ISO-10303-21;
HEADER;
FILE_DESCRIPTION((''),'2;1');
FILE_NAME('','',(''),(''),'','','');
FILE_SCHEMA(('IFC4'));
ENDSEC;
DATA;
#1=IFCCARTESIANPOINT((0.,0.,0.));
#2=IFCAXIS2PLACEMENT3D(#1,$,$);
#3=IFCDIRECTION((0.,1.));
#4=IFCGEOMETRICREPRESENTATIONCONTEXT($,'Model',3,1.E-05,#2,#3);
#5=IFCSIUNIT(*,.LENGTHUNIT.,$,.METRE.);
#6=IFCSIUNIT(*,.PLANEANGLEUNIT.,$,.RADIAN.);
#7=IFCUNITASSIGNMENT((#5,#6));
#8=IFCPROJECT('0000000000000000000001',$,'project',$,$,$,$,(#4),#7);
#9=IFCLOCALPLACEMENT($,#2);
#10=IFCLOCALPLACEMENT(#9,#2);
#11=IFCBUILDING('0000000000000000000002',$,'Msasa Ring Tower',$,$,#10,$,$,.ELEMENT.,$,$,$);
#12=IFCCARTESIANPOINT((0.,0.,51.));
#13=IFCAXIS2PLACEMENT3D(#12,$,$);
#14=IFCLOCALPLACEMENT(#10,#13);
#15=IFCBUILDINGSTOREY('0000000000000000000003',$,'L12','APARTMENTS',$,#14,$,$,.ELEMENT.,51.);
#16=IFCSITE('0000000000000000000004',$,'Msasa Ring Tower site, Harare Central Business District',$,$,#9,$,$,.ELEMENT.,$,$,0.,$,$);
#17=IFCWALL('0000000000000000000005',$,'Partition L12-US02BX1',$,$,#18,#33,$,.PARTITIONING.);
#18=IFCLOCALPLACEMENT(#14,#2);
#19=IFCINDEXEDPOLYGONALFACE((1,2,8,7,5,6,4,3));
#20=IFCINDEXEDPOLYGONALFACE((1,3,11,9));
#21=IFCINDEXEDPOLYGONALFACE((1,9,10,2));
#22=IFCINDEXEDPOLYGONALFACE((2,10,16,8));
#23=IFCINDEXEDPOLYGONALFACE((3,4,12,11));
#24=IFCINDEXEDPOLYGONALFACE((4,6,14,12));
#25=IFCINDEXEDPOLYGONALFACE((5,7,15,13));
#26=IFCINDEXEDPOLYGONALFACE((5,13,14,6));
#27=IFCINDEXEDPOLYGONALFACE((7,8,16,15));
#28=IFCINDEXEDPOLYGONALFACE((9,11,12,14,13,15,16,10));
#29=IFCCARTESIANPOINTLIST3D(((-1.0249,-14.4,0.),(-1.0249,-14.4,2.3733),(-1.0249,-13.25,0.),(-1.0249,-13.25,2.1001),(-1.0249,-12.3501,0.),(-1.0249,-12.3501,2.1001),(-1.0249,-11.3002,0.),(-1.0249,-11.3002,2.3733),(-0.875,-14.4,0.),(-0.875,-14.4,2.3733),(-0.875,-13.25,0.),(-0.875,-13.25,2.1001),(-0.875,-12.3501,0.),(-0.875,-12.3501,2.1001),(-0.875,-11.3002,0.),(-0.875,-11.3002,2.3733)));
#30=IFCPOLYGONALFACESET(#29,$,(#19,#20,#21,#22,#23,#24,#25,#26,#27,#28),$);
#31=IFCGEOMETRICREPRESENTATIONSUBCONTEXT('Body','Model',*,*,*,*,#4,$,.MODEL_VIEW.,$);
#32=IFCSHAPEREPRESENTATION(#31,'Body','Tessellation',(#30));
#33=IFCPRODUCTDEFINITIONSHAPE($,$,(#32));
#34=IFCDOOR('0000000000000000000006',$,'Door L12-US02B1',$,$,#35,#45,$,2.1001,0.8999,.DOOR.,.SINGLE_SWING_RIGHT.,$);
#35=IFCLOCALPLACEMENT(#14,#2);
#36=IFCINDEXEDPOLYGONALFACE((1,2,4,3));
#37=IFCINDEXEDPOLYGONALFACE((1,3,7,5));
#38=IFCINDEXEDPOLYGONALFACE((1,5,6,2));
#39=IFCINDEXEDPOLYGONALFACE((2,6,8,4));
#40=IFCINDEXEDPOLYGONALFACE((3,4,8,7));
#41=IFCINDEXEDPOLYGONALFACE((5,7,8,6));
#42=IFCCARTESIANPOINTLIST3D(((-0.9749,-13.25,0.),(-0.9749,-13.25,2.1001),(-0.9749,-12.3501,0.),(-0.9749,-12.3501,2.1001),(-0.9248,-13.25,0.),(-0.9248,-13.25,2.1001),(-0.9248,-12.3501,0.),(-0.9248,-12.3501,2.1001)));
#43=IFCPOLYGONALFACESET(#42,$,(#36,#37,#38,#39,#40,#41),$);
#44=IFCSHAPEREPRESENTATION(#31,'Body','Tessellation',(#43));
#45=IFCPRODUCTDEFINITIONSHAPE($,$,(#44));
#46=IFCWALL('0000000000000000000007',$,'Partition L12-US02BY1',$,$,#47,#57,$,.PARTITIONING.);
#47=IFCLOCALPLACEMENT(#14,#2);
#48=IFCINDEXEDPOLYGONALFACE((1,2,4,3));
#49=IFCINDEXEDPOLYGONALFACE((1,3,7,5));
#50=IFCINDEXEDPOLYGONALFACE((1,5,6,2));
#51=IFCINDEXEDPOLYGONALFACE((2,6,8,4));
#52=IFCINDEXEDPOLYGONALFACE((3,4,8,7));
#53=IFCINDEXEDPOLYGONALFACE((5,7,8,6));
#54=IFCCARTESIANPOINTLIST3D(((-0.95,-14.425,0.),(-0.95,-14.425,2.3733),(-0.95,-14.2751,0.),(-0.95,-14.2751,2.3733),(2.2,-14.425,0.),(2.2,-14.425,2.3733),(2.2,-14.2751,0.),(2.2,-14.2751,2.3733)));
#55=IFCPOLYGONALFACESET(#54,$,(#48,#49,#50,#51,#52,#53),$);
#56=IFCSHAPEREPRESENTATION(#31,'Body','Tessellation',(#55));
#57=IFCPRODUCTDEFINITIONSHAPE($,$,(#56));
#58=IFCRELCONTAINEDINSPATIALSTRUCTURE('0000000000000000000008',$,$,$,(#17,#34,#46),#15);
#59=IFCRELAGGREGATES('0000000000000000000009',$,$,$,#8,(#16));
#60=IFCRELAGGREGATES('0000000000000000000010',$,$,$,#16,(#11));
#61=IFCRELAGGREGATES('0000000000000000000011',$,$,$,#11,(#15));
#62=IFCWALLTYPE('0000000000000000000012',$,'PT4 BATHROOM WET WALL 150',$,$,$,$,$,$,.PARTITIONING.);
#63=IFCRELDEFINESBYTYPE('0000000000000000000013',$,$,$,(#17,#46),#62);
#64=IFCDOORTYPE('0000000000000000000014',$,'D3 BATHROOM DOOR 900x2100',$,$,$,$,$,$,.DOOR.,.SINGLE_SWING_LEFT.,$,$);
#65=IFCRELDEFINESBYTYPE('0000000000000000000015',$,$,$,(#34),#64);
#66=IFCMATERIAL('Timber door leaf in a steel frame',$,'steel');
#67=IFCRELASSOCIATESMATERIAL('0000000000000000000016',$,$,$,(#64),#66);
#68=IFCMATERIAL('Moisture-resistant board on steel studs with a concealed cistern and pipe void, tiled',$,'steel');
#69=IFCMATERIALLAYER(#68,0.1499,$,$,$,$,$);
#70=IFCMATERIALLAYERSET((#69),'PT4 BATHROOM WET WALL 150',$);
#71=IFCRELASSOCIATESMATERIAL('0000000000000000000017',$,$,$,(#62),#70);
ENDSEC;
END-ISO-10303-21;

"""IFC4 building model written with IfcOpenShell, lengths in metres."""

from ifc_helpers import new_model, si_unit, direction, frame, frame_2d, origin, place, context, subcontext, project, spatial, rectangle, extrude, material, layer, layer_set, type_object, element, fill, save


model = new_model("IFC4")

# Units and contexts
model_context = context("Model", 3, precision=1e-05, world=origin(), true_north=direction((0.0, 1.0)))
body_context = subcontext(model_context, "Body", "Model", "MODEL_VIEW")
ifc_project = project(units=[si_unit("LENGTHUNIT", "METRE"), si_unit("PLANEANGLEUNIT", "RADIAN")], contexts=[model_context])

# Site, building, storey
site_placement = place(None, origin())
site = spatial("IfcSite", under=ifc_project, at=site_placement, Name="Msasa Ring Tower site, Harare Central Business District", CompositionType="ELEMENT", RefElevation=0.0)
building_placement = place(site_placement, origin())
building = spatial("IfcBuilding", under=site, at=building_placement, Name="Msasa Ring Tower", CompositionType="ELEMENT")
storey_placement = place(building_placement, frame((0.0, 0.0, 51.0)))
storey = spatial("IfcBuildingStorey", under=building, at=storey_placement, Name="L12", Description="APARTMENTS", CompositionType="ELEMENT", Elevation=51.0)

# Shared definitions
ifc_material_1 = material(Name="Timber door leaf in a steel frame", Category="steel")
door_type_1 = type_object("IfcDoorType", Name="D3 BATHROOM DOOR 900x2100", OperationType="SINGLE_SWING_LEFT", PredefinedType="DOOR", material=ifc_material_1)

# Wall, opening, door
ifc_material_2 = material(Name="Moisture-resistant board on steel studs with a concealed cistern and pipe void, tiled", Category="steel")
ifc_layer_1 = layer(ifc_material_2, 0.1499)
ifc_layer_set_1 = layer_set([ifc_layer_1], Name="PT4 BATHROOM WET WALL 150")
wall_type_1 = type_object("IfcWallType", Name="PT4 BATHROOM WET WALL 150", PredefinedType="PARTITIONING", material=ifc_layer_set_1)
wall_1_placement = place(storey_placement, frame((-0.95, -14.3999, 0.0), z_axis=(0.0, 0.0, 1.0), x_axis=(0.0, 1.0, 0.0)))
wall_1 = element("IfcWall", 1, at=wall_1_placement, inside=storey, type_object=wall_type_1, Name="Partition L12-US02BX1", PredefinedType="PARTITIONING", context=body_context, shape_type="SweptSolid", body=[
    extrude(rectangle(XDim=3.0999, YDim=0.1499, at=frame_2d((1.5498, 0.0))), origin(), (0.0, 0.0, 1.0), 2.3733),
])
opening_1_placement = place(wall_1_placement, frame((1.1499, 0.0, 0.0)))
opening_1 = element("IfcOpeningElement", 2, at=opening_1_placement, cuts=wall_1, PredefinedType="OPENING", context=body_context, shape_type="SweptSolid", body=[
    extrude(rectangle(XDim=0.8999, YDim=2.1001, at=frame_2d((0.45, 1.05))), frame((0.0, 0.085, 0.0), z_axis=(0.0, -1.0, 0.0), x_axis=(1.0, 0.0, 0.0)), (0.0, 0.0, 1.0), 0.1699),
])
door_1_placement = place(opening_1_placement, origin())
door_1 = element("IfcDoor", 3, at=door_1_placement, inside=storey, type_object=door_type_1, Name="Door L12-US02B1", OperationType="SINGLE_SWING_RIGHT", OverallHeight=2.1001, OverallWidth=0.8999, PredefinedType="DOOR", context=body_context, shape_type="SweptSolid", body=[
    extrude(rectangle(XDim=0.8999, YDim=2.1001, at=frame_2d((0.45, 1.05))), frame((0.0, 0.0249, 0.0), z_axis=(0.0, -1.0, 0.0), x_axis=(1.0, 0.0, 0.0)), (0.0, 0.0, 1.0), 0.05),
])
fill(opening_1, door_1)

# Wall
wall_2_placement = place(storey_placement, frame((-0.95, -14.3501, 0.0), z_axis=(0.0, 0.0, 1.0), x_axis=(1.0, 0.0, 0.0)))
element("IfcWall", 4, at=wall_2_placement, inside=storey, type_object=wall_type_1, Name="Partition L12-US02BY1", PredefinedType="PARTITIONING", context=body_context, shape_type="SweptSolid", body=[
    extrude(rectangle(XDim=3.1499, YDim=0.1499, at=frame_2d((1.575, 0.0))), origin(), (0.0, 0.0, 1.0), 2.3733),
])

save(model, "model.ifc")
